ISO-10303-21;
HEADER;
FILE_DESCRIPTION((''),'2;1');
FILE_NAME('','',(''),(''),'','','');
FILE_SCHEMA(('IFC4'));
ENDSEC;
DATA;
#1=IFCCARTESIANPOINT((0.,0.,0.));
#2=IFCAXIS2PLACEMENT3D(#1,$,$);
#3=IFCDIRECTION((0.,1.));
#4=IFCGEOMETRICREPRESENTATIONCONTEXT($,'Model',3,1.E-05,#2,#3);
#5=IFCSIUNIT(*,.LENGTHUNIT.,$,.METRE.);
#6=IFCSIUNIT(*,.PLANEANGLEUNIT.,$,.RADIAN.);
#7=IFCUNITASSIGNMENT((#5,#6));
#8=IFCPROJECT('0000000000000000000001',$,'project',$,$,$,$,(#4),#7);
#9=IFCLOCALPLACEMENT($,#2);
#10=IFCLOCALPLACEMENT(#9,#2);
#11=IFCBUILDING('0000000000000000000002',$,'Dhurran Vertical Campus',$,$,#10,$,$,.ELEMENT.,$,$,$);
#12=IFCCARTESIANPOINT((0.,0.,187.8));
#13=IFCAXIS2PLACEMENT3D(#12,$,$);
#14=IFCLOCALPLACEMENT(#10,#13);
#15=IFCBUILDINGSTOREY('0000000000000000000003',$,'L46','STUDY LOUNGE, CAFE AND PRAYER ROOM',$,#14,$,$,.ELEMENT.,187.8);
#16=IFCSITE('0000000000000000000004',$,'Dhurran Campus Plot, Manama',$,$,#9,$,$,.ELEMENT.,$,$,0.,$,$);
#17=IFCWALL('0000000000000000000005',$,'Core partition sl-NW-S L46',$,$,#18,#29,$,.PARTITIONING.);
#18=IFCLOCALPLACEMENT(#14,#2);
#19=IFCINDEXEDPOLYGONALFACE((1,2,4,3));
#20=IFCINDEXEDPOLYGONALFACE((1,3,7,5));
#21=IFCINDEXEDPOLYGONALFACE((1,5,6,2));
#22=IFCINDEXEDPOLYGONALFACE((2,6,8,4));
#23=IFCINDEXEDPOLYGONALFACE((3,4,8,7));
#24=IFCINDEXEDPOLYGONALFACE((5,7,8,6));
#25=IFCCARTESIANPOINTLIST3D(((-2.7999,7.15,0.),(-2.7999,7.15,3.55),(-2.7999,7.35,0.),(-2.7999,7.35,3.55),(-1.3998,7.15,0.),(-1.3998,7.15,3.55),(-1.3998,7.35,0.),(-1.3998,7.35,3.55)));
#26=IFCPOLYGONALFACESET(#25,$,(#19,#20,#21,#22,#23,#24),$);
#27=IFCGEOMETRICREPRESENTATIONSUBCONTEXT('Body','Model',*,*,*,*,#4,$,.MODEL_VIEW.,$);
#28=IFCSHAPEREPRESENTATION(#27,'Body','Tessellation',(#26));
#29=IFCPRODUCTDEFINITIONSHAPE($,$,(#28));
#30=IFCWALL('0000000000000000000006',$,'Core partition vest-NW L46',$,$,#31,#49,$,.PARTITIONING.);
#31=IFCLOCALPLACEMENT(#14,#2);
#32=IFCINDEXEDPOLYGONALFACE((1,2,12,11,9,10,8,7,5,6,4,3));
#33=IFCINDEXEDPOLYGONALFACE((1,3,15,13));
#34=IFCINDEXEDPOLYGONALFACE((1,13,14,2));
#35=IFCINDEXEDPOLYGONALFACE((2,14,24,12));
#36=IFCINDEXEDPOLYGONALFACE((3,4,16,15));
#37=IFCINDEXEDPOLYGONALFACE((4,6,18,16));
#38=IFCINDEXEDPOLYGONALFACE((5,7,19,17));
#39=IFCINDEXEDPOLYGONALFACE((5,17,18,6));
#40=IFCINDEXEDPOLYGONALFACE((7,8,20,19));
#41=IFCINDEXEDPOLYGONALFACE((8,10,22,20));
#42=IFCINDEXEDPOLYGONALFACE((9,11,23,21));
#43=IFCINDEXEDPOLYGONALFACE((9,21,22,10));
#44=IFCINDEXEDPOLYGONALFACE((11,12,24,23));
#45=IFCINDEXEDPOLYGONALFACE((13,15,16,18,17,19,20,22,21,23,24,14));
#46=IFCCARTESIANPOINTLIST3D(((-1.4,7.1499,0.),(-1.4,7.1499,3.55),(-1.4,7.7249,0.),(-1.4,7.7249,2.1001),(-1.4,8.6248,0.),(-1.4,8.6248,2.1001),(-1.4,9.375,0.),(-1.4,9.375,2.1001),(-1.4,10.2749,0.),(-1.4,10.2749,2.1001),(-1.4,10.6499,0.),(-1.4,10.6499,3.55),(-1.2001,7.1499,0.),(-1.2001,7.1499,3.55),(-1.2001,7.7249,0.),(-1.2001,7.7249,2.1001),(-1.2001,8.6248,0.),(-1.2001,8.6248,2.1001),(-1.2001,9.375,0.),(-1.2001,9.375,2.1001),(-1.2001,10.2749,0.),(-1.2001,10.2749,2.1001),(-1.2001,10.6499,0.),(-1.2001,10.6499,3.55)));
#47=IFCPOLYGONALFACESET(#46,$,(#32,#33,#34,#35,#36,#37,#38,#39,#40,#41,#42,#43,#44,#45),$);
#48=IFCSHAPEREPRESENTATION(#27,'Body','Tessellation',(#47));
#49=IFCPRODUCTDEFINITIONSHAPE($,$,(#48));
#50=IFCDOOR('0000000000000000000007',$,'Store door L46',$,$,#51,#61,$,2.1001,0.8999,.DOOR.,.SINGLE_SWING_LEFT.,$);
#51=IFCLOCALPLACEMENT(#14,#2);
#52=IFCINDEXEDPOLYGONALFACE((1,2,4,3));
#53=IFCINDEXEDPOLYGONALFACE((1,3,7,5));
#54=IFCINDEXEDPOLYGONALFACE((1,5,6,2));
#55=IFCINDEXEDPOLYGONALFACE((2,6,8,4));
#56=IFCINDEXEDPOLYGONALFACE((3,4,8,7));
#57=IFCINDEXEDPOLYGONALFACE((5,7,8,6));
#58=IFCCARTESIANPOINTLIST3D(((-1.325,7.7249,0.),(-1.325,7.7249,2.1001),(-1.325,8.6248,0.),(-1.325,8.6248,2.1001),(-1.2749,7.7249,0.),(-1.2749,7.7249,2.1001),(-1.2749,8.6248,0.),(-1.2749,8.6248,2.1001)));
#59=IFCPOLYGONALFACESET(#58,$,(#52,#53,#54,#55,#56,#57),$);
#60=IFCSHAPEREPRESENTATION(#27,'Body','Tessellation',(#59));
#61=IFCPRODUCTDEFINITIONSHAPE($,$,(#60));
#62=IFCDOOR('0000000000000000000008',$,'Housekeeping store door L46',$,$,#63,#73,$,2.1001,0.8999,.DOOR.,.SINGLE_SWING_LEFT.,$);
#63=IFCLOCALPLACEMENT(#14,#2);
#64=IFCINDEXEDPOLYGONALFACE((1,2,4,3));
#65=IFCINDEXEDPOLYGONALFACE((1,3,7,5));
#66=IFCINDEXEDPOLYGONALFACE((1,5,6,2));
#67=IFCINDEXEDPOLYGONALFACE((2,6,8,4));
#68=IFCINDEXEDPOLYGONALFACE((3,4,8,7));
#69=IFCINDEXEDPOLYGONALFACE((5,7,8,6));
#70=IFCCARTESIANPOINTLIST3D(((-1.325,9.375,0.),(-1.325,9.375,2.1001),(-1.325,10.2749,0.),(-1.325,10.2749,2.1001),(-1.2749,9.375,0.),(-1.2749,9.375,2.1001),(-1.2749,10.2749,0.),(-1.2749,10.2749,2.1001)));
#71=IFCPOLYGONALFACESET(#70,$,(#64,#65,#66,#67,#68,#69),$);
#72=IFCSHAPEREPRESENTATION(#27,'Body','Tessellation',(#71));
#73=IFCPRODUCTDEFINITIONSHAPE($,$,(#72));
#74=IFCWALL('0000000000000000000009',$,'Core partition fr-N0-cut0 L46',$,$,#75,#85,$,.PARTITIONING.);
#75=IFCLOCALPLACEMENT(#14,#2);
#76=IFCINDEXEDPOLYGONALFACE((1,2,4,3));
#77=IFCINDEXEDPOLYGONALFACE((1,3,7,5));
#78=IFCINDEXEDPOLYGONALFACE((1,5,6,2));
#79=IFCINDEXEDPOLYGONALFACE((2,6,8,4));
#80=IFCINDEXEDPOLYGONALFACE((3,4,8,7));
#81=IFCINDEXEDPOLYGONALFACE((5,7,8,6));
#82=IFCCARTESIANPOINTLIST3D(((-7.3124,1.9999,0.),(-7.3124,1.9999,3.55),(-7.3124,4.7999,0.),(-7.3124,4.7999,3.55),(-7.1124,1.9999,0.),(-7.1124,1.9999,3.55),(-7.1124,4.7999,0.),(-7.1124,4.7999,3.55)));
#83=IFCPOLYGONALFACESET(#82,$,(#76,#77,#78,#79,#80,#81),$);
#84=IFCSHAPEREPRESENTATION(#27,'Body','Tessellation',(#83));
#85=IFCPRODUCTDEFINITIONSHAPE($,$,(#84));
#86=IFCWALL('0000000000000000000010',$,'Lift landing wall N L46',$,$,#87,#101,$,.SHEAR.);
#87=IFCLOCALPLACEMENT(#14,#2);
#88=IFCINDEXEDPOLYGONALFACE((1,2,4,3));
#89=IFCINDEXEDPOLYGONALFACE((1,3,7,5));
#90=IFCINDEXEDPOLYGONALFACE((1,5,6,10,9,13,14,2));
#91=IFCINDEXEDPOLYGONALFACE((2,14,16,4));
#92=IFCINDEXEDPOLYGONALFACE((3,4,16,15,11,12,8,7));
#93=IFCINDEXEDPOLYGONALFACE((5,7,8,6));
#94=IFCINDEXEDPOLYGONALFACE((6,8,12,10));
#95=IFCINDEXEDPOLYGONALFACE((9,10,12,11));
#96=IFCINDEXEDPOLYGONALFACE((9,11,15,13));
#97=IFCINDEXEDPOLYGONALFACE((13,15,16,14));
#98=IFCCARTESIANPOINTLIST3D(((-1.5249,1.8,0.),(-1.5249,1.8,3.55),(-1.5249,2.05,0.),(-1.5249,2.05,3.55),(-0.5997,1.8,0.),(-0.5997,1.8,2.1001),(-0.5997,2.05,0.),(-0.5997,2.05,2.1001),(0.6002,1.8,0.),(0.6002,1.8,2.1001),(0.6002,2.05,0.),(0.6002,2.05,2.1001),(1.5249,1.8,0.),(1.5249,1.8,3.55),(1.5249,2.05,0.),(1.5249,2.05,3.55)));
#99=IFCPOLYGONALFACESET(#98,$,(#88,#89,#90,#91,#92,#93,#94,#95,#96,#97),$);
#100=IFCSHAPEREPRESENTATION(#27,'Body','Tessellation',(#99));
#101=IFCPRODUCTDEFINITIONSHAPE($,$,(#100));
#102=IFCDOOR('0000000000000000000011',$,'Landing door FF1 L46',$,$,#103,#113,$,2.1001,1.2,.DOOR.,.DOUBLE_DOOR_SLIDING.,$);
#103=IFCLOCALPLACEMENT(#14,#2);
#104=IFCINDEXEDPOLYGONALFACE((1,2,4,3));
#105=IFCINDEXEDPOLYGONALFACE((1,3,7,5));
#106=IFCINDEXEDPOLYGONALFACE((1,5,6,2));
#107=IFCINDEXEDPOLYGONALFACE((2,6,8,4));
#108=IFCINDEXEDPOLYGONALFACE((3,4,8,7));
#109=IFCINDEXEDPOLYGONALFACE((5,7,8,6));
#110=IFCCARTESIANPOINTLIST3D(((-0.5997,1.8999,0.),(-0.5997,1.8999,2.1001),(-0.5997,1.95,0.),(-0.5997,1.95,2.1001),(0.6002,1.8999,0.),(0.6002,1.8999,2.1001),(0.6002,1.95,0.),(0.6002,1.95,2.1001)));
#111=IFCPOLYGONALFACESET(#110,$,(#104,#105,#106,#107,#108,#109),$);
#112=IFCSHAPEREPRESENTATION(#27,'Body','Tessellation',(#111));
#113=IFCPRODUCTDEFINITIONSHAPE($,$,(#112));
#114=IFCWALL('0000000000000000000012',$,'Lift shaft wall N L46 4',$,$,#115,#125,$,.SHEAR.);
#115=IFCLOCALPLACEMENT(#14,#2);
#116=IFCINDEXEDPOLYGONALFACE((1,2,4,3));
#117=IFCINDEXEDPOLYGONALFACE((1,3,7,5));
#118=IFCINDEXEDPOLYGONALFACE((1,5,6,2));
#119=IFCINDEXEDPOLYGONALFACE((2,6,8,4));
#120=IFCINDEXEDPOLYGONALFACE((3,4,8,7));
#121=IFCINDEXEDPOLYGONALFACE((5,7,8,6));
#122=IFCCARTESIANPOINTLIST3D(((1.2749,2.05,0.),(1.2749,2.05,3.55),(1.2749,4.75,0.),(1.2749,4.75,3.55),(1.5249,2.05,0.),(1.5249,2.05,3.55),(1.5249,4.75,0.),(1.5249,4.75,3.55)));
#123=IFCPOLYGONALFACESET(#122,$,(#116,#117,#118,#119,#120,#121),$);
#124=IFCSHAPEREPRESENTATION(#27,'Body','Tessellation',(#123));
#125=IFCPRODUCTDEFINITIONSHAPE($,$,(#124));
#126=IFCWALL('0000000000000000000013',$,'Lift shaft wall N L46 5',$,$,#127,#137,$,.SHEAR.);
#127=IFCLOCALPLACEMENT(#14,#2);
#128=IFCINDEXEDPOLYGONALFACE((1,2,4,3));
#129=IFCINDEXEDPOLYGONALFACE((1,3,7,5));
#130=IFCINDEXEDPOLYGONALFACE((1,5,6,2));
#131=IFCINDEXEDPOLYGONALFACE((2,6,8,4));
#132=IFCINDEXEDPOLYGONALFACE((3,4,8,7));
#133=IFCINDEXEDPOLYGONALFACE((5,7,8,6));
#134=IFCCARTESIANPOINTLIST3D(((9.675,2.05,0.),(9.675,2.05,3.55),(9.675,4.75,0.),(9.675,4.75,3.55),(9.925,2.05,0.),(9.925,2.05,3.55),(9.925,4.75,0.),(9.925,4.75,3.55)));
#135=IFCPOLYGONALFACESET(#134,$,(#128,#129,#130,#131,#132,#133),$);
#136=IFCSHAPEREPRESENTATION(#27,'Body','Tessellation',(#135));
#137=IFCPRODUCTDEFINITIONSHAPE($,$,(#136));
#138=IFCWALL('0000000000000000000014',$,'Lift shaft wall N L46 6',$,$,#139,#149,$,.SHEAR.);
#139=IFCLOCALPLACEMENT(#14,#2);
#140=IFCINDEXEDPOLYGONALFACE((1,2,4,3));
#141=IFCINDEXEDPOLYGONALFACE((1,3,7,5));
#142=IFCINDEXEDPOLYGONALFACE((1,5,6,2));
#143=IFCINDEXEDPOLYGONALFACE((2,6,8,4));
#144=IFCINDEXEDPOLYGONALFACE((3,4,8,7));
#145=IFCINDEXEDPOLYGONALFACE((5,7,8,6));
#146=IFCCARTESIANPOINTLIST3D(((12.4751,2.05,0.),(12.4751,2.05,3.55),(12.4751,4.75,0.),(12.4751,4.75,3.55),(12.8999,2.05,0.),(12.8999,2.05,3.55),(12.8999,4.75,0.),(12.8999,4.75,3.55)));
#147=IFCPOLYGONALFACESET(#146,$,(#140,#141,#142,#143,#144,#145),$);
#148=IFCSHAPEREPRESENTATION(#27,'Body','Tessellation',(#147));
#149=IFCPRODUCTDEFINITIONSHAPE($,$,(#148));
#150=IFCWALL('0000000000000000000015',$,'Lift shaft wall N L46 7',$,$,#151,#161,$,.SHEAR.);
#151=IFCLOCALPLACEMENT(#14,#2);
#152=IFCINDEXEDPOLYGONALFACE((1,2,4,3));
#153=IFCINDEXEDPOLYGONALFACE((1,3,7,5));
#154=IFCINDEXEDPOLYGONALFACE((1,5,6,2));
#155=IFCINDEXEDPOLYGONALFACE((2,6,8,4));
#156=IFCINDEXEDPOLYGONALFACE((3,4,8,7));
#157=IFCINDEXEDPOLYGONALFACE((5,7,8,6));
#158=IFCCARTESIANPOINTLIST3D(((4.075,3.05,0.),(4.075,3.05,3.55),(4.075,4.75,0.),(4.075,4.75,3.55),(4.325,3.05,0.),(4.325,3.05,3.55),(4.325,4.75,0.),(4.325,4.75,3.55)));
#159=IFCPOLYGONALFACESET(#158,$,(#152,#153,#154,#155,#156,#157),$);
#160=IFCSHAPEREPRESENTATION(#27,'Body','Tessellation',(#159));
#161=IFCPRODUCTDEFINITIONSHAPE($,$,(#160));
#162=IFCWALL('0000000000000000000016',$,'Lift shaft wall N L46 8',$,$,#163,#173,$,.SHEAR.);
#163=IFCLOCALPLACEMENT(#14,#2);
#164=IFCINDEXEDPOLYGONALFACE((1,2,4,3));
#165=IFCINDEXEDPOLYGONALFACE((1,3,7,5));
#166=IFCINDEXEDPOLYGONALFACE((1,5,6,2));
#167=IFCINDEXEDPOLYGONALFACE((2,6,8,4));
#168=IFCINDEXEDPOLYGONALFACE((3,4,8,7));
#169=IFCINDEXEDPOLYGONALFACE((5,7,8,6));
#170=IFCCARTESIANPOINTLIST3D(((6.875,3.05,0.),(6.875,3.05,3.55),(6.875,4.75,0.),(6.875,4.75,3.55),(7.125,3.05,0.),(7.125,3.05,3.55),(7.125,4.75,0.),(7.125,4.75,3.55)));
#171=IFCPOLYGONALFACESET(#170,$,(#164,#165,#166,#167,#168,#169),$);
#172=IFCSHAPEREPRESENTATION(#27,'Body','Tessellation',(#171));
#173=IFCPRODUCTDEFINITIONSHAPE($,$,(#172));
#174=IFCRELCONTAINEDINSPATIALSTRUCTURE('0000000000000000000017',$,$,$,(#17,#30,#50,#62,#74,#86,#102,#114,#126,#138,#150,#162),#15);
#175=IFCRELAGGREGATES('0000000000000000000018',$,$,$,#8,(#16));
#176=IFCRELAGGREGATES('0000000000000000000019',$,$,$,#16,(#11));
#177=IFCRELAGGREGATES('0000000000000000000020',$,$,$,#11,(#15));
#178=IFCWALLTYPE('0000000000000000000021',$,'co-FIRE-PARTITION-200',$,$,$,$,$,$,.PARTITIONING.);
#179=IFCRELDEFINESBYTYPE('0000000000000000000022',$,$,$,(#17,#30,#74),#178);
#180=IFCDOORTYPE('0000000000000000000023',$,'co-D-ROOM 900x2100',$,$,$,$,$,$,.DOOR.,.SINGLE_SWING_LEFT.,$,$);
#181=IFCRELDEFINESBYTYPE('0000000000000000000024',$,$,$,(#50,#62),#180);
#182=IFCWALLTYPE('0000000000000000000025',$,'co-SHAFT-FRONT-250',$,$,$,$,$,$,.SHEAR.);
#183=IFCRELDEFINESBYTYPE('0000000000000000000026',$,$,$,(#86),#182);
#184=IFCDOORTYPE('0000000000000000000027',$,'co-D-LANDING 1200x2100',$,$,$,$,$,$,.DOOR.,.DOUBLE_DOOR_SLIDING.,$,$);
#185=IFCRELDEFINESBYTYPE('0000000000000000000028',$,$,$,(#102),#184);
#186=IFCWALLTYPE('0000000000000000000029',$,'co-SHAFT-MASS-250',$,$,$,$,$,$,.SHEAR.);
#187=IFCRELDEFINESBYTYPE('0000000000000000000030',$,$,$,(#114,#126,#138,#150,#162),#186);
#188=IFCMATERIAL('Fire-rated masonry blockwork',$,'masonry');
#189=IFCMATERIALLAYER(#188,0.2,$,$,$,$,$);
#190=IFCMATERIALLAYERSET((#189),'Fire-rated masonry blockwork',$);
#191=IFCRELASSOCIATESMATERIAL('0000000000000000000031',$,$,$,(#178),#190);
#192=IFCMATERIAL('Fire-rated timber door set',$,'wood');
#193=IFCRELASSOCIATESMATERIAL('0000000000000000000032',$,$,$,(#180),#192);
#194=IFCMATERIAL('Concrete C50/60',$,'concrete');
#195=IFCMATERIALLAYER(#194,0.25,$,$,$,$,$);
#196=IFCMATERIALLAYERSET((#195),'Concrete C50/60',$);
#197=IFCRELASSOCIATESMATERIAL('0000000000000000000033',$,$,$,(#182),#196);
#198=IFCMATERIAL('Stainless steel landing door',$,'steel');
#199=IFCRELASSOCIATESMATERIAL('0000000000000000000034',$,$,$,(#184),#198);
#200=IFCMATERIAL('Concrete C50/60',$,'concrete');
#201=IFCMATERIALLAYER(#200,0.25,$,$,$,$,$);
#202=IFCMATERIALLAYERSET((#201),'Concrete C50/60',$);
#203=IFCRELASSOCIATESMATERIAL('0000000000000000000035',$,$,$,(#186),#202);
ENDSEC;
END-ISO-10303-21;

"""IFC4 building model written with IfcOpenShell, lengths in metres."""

from ifc_helpers import new_model, si_unit, direction, frame, frame_2d, origin, place, context, subcontext, project, spatial, polyline, rectangle, outline, extrude, material, layer, layer_set, type_object, element, fill, save


model = new_model("IFC4")

# Units and contexts
model_context = context("Model", 3, precision=1e-05, world=origin(), true_north=direction((0.0, 1.0)))
body_context = subcontext(model_context, "Body", "Model", "MODEL_VIEW")
ifc_project = project(units=[si_unit("LENGTHUNIT", "METRE"), si_unit("PLANEANGLEUNIT", "RADIAN")], contexts=[model_context])

# Site, building, storey
site_placement = place(None, origin())
site = spatial("IfcSite", under=ifc_project, at=site_placement, Name="Dhurran Campus Plot, Manama", CompositionType="ELEMENT", RefElevation=0.0)
building_placement = place(site_placement, origin())
building = spatial("IfcBuilding", under=site, at=building_placement, Name="Dhurran Vertical Campus", CompositionType="ELEMENT")
storey_placement = place(building_placement, frame((0.0, 0.0, 187.8)))
storey = spatial("IfcBuildingStorey", under=building, at=storey_placement, Name="L46", Description="STUDY LOUNGE, CAFE AND PRAYER ROOM", CompositionType="ELEMENT", Elevation=187.8)

# Wall
ifc_material_1 = material(Name="Fire-rated masonry blockwork", Category="masonry")
ifc_layer_1 = layer(ifc_material_1, 0.2)
ifc_layer_set_1 = layer_set([ifc_layer_1], Name="Fire-rated masonry blockwork")
wall_type_1 = type_object("IfcWallType", Name="co-FIRE-PARTITION-200", PredefinedType="PARTITIONING", material=ifc_layer_set_1)
wall_1_placement = place(storey_placement, frame((-2.8, 7.25, 0.0), z_axis=(0.0, 0.0, 1.0), x_axis=(1.0, 0.0, 0.0)))
element("IfcWall", 1, at=wall_1_placement, inside=storey, type_object=wall_type_1, Name="Core partition sl-NW-S L46", PredefinedType="PARTITIONING", context=body_context, shape_type="SweptSolid", body=[
    extrude(rectangle(XDim=1.4001, YDim=0.2, at=frame_2d((0.7002, 0.0))), origin(), (0.0, 0.0, 1.0), 3.55),
])

# Wall, openings, doors
wall_2_placement = place(storey_placement, frame((-1.3, 7.1499, 0.0), z_axis=(0.0, 0.0, 1.0), x_axis=(0.0, 1.0, 0.0)))
wall_2 = element("IfcWall", 2, at=wall_2_placement, inside=storey, type_object=wall_type_1, Name="Core partition vest-NW L46", PredefinedType="PARTITIONING", context=body_context, shape_type="SweptSolid", body=[
    extrude(rectangle(XDim=3.5, YDim=0.2, at=frame_2d((1.75, 0.0))), origin(), (0.0, 0.0, 1.0), 3.55),
])
opening_1_placement = place(wall_2_placement, frame((0.575, 0.0, 0.0)))
opening_1 = element("IfcOpeningElement", 3, at=opening_1_placement, cuts=wall_2, PredefinedType="OPENING", context=body_context, shape_type="SweptSolid", body=[
    extrude(rectangle(XDim=0.8999, YDim=2.1001, at=frame_2d((0.45, 1.05))), frame((0.0, 0.1099, 0.0), z_axis=(0.0, -1.0, 0.0), x_axis=(1.0, 0.0, 0.0)), (0.0, 0.0, 1.0), 0.22),
])
opening_2_placement = place(wall_2_placement, frame((2.2251, 0.0, 0.0)))
opening_2 = element("IfcOpeningElement", 4, at=opening_2_placement, cuts=wall_2, PredefinedType="OPENING", context=body_context, shape_type="SweptSolid", body=[
    extrude(rectangle(XDim=0.8999, YDim=2.1001, at=frame_2d((0.45, 1.05))), frame((0.0, 0.1099, 0.0), z_axis=(0.0, -1.0, 0.0), x_axis=(1.0, 0.0, 0.0)), (0.0, 0.0, 1.0), 0.22),
])
ifc_material_2 = material(Name="Fire-rated timber door set", Category="wood")
door_type_1 = type_object("IfcDoorType", Name="co-D-ROOM 900x2100", OperationType="SINGLE_SWING_LEFT", PredefinedType="DOOR", material=ifc_material_2)
door_1_placement = place(opening_1_placement, origin())
door_1 = element("IfcDoor", 5, at=door_1_placement, inside=storey, type_object=door_type_1, Name="Store door L46", OperationType="SINGLE_SWING_LEFT", OverallHeight=2.1001, OverallWidth=0.8999, PredefinedType="DOOR", context=body_context, shape_type="SweptSolid", body=[
    extrude(rectangle(XDim=0.8999, YDim=2.1001, at=frame_2d((0.45, 1.05))), frame((0.0, 0.0249, 0.0), z_axis=(0.0, -1.0, 0.0), x_axis=(1.0, 0.0, 0.0)), (0.0, 0.0, 1.0), 0.05),
])
fill(opening_1, door_1)
door_2_placement = place(opening_2_placement, origin())
door_2 = element("IfcDoor", 6, at=door_2_placement, inside=storey, type_object=door_type_1, Name="Housekeeping store door L46", OperationType="SINGLE_SWING_LEFT", OverallHeight=2.1001, OverallWidth=0.8999, PredefinedType="DOOR", context=body_context, shape_type="SweptSolid", body=[
    extrude(rectangle(XDim=0.8999, YDim=2.1001, at=frame_2d((0.45, 1.05))), frame((0.0, 0.0249, 0.0), z_axis=(0.0, -1.0, 0.0), x_axis=(1.0, 0.0, 0.0)), (0.0, 0.0, 1.0), 0.05),
])
fill(opening_2, door_2)

# Wall
wall_3_placement = place(storey_placement, frame((-7.2124, 2.0, 0.0), z_axis=(0.0, 0.0, 1.0), x_axis=(0.0, 1.0, 0.0)))
element("IfcWall", 7, at=wall_3_placement, inside=storey, type_object=wall_type_1, Name="Core partition fr-N0-cut0 L46", PredefinedType="PARTITIONING", context=body_context, shape_type="SweptSolid", body=[
    extrude(rectangle(XDim=2.8, YDim=0.2, at=frame_2d((1.3999, 0.0))), origin(), (0.0, 0.0, 1.0), 3.55),
])

# Wall, opening, door
ifc_material_3 = material(Name="Concrete C50/60", Category="concrete")
ifc_layer_2 = layer(ifc_material_3, 0.25)
ifc_layer_set_2 = layer_set([ifc_layer_2], Name="Concrete C50/60")
wall_type_2 = type_object("IfcWallType", Name="co-SHAFT-FRONT-250", PredefinedType="SHEAR", material=ifc_layer_set_2)
wall_4_placement = place(storey_placement, frame((-1.5249, 1.925, 0.0), z_axis=(0.0, 0.0, 1.0), x_axis=(1.0, 0.0, 0.0)))
wall_4 = element("IfcWall", 8, at=wall_4_placement, inside=storey, type_object=wall_type_2, Name="Lift landing wall N L46", PredefinedType="SHEAR", context=body_context, shape_type="SweptSolid", body=[
    extrude(rectangle(XDim=3.0498, YDim=0.25, at=frame_2d((1.5249, 0.0))), origin(), (0.0, 0.0, 1.0), 3.55),
])
opening_3_placement = place(wall_4_placement, frame((0.925, 0.0, 0.0)))
opening_3 = element("IfcOpeningElement", 9, at=opening_3_placement, cuts=wall_4, PredefinedType="OPENING", context=body_context, shape_type="SweptSolid", body=[
    extrude(rectangle(XDim=1.2, YDim=2.1001, at=frame_2d((0.6001, 1.05))), frame((0.0, 0.135, 0.0), z_axis=(0.0, -1.0, 0.0), x_axis=(1.0, 0.0, 0.0)), (0.0, 0.0, 1.0), 0.27),
])
ifc_material_4 = material(Name="Stainless steel landing door", Category="steel")
door_type_2 = type_object("IfcDoorType", Name="co-D-LANDING 1200x2100", OperationType="DOUBLE_DOOR_SLIDING", PredefinedType="DOOR", material=ifc_material_4)
door_3_placement = place(opening_3_placement, origin())
door_3 = element("IfcDoor", 10, at=door_3_placement, inside=storey, type_object=door_type_2, Name="Landing door FF1 L46", OperationType="DOUBLE_DOOR_SLIDING", OverallHeight=2.1001, OverallWidth=1.2, PredefinedType="DOOR", context=body_context, shape_type="SweptSolid", body=[
    extrude(rectangle(XDim=1.2, YDim=2.1001, at=frame_2d((0.6001, 1.05))), frame((0.0, 0.0249, 0.0), z_axis=(0.0, -1.0, 0.0), x_axis=(1.0, 0.0, 0.0)), (0.0, 0.0, 1.0), 0.05),
])
fill(opening_3, door_3)

# Walls
ifc_material_5 = material(Name="Concrete C50/60", Category="concrete")
ifc_layer_3 = layer(ifc_material_5, 0.25)
ifc_layer_set_3 = layer_set([ifc_layer_3], Name="Concrete C50/60")
wall_type_3 = type_object("IfcWallType", Name="co-SHAFT-MASS-250", PredefinedType="SHEAR", material=ifc_layer_set_3)
wall_5_placement = place(storey_placement, origin())
element("IfcWall", 11, at=wall_5_placement, inside=storey, type_object=wall_type_3, Name="Lift shaft wall N L46 4", PredefinedType="SHEAR", context=body_context, shape_type="SweptSolid", body=[
    extrude(outline(polyline([(1.2749, 2.05), (1.5249, 2.05), (1.5249, 4.75), (1.2749, 4.75), (1.2749, 2.05)])), origin(), (0.0, 0.0, 1.0), 3.55),
])
wall_6_placement = place(storey_placement, origin())
element("IfcWall", 12, at=wall_6_placement, inside=storey, type_object=wall_type_3, Name="Lift shaft wall N L46 5", PredefinedType="SHEAR", context=body_context, shape_type="SweptSolid", body=[
    extrude(outline(polyline([(9.675, 2.05), (9.925, 2.05), (9.925, 4.75), (9.675, 4.75), (9.675, 2.05)])), origin(), (0.0, 0.0, 1.0), 3.55),
])
wall_7_placement = place(storey_placement, origin())
element("IfcWall", 13, at=wall_7_placement, inside=storey, type_object=wall_type_3, Name="Lift shaft wall N L46 6", PredefinedType="SHEAR", context=body_context, shape_type="SweptSolid", body=[
    extrude(outline(polyline([(12.4751, 2.05), (12.8999, 2.05), (12.8999, 4.75), (12.4751, 4.75), (12.4751, 2.05)])), origin(), (0.0, 0.0, 1.0), 3.55),
])
wall_8_placement = place(storey_placement, origin())
element("IfcWall", 14, at=wall_8_placement, inside=storey, type_object=wall_type_3, Name="Lift shaft wall N L46 7", PredefinedType="SHEAR", context=body_context, shape_type="SweptSolid", body=[
    extrude(outline(polyline([(4.075, 3.05), (4.325, 3.05), (4.325, 4.75), (4.075, 4.75), (4.075, 3.05)])), origin(), (0.0, 0.0, 1.0), 3.55),
])
wall_9_placement = place(storey_placement, origin())
element("IfcWall", 15, at=wall_9_placement, inside=storey, type_object=wall_type_3, Name="Lift shaft wall N L46 8", PredefinedType="SHEAR", context=body_context, shape_type="SweptSolid", body=[
    extrude(outline(polyline([(6.875, 3.05), (7.125, 3.05), (7.125, 4.75), (6.875, 4.75), (6.875, 3.05)])), origin(), (0.0, 0.0, 1.0), 3.55),
])

save(model, "model.ifc")
